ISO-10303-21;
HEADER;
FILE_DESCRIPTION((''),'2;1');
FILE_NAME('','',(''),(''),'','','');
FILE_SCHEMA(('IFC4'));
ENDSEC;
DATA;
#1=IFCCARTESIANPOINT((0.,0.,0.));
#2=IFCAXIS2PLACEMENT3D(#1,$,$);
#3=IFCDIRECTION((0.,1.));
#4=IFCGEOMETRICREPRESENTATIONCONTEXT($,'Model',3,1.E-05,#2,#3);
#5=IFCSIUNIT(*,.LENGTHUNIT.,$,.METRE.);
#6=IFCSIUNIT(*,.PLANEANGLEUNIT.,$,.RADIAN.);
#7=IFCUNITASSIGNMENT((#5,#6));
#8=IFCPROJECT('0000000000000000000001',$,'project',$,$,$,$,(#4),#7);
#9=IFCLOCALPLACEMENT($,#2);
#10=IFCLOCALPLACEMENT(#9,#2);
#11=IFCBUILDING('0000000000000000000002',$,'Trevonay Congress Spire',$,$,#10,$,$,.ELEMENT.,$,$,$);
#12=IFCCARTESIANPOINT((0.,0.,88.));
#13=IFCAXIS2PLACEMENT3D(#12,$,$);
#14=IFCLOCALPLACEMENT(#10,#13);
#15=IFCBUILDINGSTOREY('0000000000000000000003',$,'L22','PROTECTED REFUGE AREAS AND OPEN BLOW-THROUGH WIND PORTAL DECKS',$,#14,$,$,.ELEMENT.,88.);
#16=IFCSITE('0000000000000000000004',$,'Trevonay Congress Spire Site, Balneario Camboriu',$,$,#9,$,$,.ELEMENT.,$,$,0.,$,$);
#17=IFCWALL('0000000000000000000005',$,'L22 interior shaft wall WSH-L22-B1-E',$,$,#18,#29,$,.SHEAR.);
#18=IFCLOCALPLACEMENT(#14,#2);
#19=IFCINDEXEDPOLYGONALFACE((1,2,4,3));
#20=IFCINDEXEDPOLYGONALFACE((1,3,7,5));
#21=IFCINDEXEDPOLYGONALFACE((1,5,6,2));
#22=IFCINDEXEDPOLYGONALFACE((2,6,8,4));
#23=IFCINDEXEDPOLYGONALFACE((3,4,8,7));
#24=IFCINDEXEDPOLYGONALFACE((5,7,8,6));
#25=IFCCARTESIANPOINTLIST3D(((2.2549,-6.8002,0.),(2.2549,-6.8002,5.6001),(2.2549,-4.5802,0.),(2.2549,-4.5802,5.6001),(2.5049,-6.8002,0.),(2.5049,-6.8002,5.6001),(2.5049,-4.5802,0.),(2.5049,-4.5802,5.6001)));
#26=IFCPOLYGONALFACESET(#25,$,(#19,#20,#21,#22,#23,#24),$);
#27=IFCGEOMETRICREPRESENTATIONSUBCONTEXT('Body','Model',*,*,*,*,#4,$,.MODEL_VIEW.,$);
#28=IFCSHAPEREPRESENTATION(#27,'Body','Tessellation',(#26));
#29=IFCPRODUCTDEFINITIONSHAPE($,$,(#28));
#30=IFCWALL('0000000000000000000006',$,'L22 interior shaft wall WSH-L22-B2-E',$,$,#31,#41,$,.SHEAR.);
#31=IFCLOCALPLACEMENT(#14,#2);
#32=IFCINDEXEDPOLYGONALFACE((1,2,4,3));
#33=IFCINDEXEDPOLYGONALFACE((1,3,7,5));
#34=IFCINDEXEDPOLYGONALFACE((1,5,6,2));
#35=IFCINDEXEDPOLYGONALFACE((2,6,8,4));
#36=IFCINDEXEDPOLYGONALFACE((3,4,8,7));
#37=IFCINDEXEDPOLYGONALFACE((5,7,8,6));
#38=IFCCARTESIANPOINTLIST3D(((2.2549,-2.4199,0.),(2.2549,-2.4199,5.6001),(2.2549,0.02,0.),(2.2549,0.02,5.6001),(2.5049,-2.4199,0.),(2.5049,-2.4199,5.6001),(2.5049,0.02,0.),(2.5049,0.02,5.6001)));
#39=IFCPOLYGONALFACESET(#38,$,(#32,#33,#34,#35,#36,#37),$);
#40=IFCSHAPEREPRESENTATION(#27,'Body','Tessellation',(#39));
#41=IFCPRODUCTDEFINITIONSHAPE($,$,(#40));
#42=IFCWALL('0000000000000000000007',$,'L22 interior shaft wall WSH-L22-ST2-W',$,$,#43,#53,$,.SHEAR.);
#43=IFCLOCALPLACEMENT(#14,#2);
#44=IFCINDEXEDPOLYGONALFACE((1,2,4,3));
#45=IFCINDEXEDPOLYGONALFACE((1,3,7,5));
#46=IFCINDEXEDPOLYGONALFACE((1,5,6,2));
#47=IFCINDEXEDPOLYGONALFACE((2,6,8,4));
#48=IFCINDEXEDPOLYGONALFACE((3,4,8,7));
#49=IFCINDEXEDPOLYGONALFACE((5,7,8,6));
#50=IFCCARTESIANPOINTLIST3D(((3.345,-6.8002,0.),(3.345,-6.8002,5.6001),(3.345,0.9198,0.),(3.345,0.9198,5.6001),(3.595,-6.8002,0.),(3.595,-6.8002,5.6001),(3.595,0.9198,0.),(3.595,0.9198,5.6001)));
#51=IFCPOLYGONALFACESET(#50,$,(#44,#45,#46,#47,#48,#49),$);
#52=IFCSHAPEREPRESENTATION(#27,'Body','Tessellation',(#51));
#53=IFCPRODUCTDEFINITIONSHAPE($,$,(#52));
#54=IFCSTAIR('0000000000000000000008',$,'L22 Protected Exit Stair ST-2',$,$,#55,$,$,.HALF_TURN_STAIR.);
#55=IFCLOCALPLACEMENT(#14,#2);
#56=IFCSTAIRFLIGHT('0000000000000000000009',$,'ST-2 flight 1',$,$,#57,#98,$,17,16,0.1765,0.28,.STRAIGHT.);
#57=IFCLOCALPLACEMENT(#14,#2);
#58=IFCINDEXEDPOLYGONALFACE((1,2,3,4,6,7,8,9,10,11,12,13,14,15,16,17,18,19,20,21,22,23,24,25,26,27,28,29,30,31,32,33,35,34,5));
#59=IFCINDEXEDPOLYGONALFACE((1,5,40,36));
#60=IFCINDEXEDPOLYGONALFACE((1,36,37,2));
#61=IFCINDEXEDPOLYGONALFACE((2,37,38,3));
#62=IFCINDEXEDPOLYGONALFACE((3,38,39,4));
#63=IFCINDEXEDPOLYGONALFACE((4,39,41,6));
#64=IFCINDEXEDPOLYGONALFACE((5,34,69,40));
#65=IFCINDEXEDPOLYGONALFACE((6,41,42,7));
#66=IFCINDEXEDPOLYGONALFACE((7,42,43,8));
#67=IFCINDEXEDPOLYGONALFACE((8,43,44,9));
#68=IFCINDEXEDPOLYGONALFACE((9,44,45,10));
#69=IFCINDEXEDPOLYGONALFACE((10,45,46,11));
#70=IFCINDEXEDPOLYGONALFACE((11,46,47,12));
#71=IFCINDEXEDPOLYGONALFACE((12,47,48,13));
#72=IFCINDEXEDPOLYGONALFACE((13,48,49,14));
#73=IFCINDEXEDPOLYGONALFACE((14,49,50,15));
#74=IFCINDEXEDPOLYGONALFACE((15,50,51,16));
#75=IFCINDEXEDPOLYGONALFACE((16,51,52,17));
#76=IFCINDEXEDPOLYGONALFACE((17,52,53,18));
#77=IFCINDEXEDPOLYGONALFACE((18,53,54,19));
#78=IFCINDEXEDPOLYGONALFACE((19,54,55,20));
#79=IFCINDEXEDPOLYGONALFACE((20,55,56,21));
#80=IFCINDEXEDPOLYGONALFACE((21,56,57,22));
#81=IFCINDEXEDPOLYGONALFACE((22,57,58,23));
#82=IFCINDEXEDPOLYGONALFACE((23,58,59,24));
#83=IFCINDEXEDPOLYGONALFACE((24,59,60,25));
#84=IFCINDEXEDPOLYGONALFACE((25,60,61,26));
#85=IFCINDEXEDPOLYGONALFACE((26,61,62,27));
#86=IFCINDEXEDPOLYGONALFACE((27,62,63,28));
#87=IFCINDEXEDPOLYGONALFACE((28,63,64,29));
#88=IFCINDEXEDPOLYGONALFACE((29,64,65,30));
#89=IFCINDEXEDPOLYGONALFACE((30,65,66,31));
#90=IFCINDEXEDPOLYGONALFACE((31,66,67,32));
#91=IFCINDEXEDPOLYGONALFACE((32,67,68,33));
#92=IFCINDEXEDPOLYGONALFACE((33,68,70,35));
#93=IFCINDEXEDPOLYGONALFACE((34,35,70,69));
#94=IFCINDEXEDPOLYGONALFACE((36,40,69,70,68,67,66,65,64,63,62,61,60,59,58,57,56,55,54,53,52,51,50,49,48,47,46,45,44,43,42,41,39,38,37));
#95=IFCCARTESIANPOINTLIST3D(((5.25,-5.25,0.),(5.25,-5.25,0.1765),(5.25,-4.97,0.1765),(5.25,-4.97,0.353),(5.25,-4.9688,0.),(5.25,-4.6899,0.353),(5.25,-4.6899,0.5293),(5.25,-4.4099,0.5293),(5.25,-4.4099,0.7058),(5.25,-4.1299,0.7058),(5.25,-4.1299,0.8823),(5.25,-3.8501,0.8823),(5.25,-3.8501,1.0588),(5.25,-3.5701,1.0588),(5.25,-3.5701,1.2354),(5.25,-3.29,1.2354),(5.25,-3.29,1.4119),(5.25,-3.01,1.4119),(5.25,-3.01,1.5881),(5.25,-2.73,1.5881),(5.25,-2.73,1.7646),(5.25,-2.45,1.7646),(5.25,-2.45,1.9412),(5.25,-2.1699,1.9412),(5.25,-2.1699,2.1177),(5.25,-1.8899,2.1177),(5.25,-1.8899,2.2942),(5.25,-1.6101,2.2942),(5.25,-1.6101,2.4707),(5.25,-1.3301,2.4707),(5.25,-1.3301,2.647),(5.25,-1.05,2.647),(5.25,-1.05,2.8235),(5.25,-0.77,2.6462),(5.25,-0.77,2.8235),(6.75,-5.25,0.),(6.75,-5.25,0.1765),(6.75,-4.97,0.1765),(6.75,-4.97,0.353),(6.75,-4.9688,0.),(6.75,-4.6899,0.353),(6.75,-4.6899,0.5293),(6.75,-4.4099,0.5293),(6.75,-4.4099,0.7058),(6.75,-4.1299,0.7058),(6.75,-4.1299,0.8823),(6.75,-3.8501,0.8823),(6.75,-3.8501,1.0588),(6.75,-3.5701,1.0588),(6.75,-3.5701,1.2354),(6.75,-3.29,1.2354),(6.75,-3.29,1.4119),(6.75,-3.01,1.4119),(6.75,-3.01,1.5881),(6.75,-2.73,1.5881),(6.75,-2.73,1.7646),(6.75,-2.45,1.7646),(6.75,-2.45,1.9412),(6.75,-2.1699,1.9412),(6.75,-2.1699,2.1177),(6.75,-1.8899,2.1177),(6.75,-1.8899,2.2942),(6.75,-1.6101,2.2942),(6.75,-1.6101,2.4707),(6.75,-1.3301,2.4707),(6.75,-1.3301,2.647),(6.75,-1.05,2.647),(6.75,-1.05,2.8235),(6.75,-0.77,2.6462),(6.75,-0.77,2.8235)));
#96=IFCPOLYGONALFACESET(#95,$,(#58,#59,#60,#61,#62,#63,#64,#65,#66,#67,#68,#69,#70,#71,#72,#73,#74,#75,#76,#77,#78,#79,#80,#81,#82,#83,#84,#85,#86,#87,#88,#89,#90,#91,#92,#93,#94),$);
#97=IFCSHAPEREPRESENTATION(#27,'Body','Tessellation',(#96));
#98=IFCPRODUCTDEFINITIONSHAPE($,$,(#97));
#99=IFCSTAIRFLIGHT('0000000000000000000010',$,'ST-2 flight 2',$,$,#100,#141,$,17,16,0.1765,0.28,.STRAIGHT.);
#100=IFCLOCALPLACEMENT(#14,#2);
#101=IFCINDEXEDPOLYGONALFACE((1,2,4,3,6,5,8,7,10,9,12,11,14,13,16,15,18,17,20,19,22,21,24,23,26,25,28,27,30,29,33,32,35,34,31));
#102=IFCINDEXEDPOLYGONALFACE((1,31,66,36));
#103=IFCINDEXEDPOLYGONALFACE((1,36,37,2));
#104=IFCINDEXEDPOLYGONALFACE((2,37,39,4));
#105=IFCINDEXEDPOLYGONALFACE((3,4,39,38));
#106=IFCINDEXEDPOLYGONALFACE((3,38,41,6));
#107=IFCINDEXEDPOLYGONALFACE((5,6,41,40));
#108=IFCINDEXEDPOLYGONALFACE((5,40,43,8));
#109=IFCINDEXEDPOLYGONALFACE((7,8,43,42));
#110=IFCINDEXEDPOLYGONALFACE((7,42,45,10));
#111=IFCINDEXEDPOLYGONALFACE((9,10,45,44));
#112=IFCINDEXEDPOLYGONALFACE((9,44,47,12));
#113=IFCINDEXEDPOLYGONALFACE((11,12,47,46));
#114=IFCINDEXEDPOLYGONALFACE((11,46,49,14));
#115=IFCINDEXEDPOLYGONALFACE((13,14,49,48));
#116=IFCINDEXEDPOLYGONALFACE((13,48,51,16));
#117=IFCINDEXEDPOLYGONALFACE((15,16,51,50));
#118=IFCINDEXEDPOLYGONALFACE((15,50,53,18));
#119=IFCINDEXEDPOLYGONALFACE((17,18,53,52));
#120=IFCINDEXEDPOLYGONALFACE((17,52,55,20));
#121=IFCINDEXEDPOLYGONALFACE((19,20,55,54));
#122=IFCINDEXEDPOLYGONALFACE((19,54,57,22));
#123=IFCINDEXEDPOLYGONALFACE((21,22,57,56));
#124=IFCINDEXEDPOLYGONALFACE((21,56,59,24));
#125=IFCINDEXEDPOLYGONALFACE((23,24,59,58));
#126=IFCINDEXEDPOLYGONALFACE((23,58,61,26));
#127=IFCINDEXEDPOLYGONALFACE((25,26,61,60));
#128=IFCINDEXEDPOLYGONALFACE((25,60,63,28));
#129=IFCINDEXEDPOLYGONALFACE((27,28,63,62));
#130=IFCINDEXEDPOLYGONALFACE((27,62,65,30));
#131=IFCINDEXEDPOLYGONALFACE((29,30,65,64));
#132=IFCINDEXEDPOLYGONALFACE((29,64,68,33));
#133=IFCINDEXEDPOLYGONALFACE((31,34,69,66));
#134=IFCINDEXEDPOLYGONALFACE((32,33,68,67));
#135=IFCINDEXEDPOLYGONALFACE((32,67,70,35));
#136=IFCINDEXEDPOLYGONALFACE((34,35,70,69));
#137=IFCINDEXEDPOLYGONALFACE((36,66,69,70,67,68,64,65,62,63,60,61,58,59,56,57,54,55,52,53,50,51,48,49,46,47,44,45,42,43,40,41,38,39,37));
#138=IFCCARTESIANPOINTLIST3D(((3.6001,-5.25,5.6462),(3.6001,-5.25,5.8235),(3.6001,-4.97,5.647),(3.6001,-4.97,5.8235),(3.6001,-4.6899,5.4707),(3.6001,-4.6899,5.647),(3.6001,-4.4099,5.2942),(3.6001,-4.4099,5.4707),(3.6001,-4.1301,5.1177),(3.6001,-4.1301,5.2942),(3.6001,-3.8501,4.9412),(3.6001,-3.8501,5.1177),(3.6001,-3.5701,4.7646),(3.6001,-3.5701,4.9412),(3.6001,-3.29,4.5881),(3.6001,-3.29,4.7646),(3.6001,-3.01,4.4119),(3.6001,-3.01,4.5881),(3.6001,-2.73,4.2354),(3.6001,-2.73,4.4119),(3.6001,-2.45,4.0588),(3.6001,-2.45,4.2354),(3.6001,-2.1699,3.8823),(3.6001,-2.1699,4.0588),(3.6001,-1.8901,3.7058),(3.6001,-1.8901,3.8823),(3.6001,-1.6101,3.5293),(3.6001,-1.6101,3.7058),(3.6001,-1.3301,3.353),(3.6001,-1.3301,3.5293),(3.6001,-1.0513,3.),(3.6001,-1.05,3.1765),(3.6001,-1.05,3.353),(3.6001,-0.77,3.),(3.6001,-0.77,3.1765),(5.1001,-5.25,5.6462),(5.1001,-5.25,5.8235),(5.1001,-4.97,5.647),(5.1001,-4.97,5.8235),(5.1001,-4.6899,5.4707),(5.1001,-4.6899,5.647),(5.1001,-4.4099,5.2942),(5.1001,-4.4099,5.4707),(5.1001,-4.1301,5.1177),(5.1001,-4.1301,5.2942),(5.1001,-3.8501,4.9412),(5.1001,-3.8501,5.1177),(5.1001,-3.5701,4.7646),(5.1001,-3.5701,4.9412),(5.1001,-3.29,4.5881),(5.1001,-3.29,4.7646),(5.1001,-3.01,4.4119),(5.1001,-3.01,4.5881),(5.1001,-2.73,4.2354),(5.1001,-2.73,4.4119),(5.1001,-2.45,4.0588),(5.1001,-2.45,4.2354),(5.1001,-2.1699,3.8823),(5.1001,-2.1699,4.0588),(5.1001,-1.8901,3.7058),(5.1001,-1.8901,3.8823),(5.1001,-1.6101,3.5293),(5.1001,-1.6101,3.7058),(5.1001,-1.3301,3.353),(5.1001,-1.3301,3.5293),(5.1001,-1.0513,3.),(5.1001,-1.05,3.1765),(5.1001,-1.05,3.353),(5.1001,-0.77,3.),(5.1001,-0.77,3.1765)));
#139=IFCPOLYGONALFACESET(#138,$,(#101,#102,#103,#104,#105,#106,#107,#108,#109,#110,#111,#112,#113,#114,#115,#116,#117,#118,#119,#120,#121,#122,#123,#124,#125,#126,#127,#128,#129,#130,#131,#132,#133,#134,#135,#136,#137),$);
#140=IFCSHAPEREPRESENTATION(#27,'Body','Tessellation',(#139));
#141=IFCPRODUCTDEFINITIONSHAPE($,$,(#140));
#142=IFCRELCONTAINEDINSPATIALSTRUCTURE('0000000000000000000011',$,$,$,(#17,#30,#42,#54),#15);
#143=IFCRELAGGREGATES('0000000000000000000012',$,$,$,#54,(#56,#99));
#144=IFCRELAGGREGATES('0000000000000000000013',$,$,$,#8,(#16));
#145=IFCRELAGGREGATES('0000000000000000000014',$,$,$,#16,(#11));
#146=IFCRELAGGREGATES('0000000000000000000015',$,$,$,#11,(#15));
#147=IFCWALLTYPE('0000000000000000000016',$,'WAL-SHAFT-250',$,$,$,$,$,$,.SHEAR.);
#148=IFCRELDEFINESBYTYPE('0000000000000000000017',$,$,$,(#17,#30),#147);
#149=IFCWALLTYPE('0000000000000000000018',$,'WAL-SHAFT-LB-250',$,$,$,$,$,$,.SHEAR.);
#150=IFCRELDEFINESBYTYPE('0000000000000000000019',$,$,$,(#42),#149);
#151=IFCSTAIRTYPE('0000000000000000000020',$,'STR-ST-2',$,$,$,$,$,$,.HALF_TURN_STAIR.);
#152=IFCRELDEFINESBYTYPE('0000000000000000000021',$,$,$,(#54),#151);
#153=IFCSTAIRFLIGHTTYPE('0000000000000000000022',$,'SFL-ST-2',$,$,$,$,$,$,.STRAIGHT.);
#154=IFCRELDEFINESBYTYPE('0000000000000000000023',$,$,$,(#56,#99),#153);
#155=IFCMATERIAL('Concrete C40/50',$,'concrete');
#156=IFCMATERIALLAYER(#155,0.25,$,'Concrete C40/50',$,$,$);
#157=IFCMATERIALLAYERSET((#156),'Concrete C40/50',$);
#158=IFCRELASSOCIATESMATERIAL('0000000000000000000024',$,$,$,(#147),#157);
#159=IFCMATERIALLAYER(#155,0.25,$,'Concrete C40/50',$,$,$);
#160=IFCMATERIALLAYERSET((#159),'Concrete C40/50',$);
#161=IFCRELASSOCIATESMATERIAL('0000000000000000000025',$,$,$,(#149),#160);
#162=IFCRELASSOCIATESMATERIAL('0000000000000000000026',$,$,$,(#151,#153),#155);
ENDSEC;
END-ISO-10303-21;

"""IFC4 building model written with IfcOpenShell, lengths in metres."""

from ifc_helpers import new_model, si_unit, direction, frame, frame_2d, origin, place, context, subcontext, project, spatial, polyline, rectangle, outline, extrude, material, layer, layer_set, type_object, element, aggregate, save


model = new_model("IFC4")

# Units and contexts
model_context = context("Model", 3, precision=1e-05, world=origin(), true_north=direction((0.0, 1.0)))
body_context = subcontext(model_context, "Body", "Model", "MODEL_VIEW")
ifc_project = project(units=[si_unit("LENGTHUNIT", "METRE"), si_unit("PLANEANGLEUNIT", "RADIAN")], contexts=[model_context])

# Site, building, storey
site_placement = place(None, origin())
site = spatial("IfcSite", under=ifc_project, at=site_placement, Name="Trevonay Congress Spire Site, Balneario Camboriu", CompositionType="ELEMENT", RefElevation=0.0)
building_placement = place(site_placement, origin())
building = spatial("IfcBuilding", under=site, at=building_placement, Name="Trevonay Congress Spire", CompositionType="ELEMENT")
storey_placement = place(building_placement, frame((0.0, 0.0, 88.0)))
storey = spatial("IfcBuildingStorey", under=building, at=storey_placement, Name="L22", Description="PROTECTED REFUGE AREAS AND OPEN BLOW-THROUGH WIND PORTAL DECKS", CompositionType="ELEMENT", Elevation=88.0)

# Shared definitions
ifc_material_1 = material(Name="Concrete C40/50", Category="concrete")

# Walls
ifc_layer_1 = layer(ifc_material_1, 0.25, Name="Concrete C40/50")
ifc_layer_set_1 = layer_set([ifc_layer_1], Name="Concrete C40/50")
wall_type_1 = type_object("IfcWallType", Name="WAL-SHAFT-250", PredefinedType="SHEAR", material=ifc_layer_set_1)
wall_1_placement = place(storey_placement, frame((2.3799, -6.8, 0.0), z_axis=(0.0, 0.0, 1.0), x_axis=(0.0, 1.0, 0.0)))
element("IfcWall", 1, at=wall_1_placement, inside=storey, type_object=wall_type_1, Name="L22 interior shaft wall WSH-L22-B1-E", PredefinedType="SHEAR", context=body_context, shape_type="SweptSolid", body=[
    extrude(rectangle(XDim=2.22, YDim=0.25, at=frame_2d((1.1099, 0.0))), origin(), (0.0, 0.0, 1.0), 5.6001),
])
wall_2_placement = place(storey_placement, frame((2.3799, -2.4199, 0.0), z_axis=(0.0, 0.0, 1.0), x_axis=(0.0, 1.0, 0.0)))
element("IfcWall", 2, at=wall_2_placement, inside=storey, type_object=wall_type_1, Name="L22 interior shaft wall WSH-L22-B2-E", PredefinedType="SHEAR", context=body_context, shape_type="SweptSolid", body=[
    extrude(rectangle(XDim=2.4399, YDim=0.25, at=frame_2d((1.22, 0.0))), origin(), (0.0, 0.0, 1.0), 5.6001),
])
ifc_layer_2 = layer(ifc_material_1, 0.25, Name="Concrete C40/50")
ifc_layer_set_2 = layer_set([ifc_layer_2], Name="Concrete C40/50")
wall_type_2 = type_object("IfcWallType", Name="WAL-SHAFT-LB-250", PredefinedType="SHEAR", material=ifc_layer_set_2)
wall_3_placement = place(storey_placement, frame((3.47, -6.8, 0.0), z_axis=(0.0, 0.0, 1.0), x_axis=(0.0, 1.0, 0.0)))
element("IfcWall", 3, at=wall_3_placement, inside=storey, type_object=wall_type_2, Name="L22 interior shaft wall WSH-L22-ST2-W", PredefinedType="SHEAR", context=body_context, shape_type="SweptSolid", body=[
    extrude(rectangle(XDim=7.72, YDim=0.25, at=frame_2d((3.8599, 0.0))), origin(), (0.0, 0.0, 1.0), 5.6001),
])

# Stair, stair flights
stair_type_1 = type_object("IfcStairType", Name="STR-ST-2", PredefinedType="HALF_TURN_STAIR", material=ifc_material_1)
stair_1_placement = place(storey_placement, origin())
stair_1 = element("IfcStair", 4, at=stair_1_placement, inside=storey, type_object=stair_type_1, Name="L22 Protected Exit Stair ST-2", PredefinedType="HALF_TURN_STAIR")
stair_flight_type = type_object("IfcStairFlightType", Name="SFL-ST-2", PredefinedType="STRAIGHT", material=ifc_material_1)
stair_flight_1_placement = place(storey_placement, frame((6.0, -5.25, 0.0), z_axis=(0.0, 0.0, 1.0), x_axis=(0.0, 1.0, 0.0)))
stair_flight_1 = element("IfcStairFlight", 5, at=stair_flight_1_placement, type_object=stair_flight_type, Name="ST-2 flight 1", NumberOfRisers=17, NumberOfTreads=16, PredefinedType="STRAIGHT", RiserHeight=0.1765, TreadLength=0.28, context=body_context, shape_type="SweptSolid", body=[
    extrude(outline(polyline([(0.0, 0.0), (0.0, 0.1765), (0.28, 0.1765), (0.28, 0.353), (0.5601, 0.353), (0.5601, 0.5293), (0.8401, 0.5293), (0.8401, 0.7058), (1.1201, 0.7058), (1.1201, 0.8823), (1.3999, 0.8823), (1.3999, 1.0588), (1.6799, 1.0588), (1.6799, 1.2354), (1.96, 1.2354), (1.96, 1.4119), (2.24, 1.4119), (2.24, 1.5881), (2.52, 1.5881), (2.52, 1.7646), (2.8, 1.7646), (2.8, 1.9412), (3.0801, 1.9412), (3.0801, 2.1177), (3.3601, 2.1177), (3.3601, 2.2942), (3.6399, 2.2942), (3.6399, 2.4707), (3.9199, 2.4707), (3.9199, 2.647), (4.2, 2.647), (4.2, 2.8235), (4.48, 2.8235), (4.48, 3.0), (4.48, 2.6462), (0.2812, 0.0), (0.0, 0.0)])), frame((0.0, 0.75, 0.0), z_axis=(0.0, -1.0, 0.0), x_axis=(1.0, 0.0, 0.0)), (0.0, 0.0, 1.0), 1.5),
])
stair_flight_2_placement = place(storey_placement, frame((4.3501, -0.77, 3.0), z_axis=(0.0, 0.0, 1.0), x_axis=(0.0, -1.0, 0.0)))
stair_flight_2 = element("IfcStairFlight", 6, at=stair_flight_2_placement, type_object=stair_flight_type, Name="ST-2 flight 2", NumberOfRisers=17, NumberOfTreads=16, PredefinedType="STRAIGHT", RiserHeight=0.1765, TreadLength=0.28, context=body_context, shape_type="SweptSolid", body=[
    extrude(outline(polyline([(0.0, 0.0), (0.0, 0.1765), (0.28, 0.1765), (0.28, 0.353), (0.5601, 0.353), (0.5601, 0.5293), (0.8401, 0.5293), (0.8401, 0.7058), (1.1201, 0.7058), (1.1201, 0.8823), (1.3999, 0.8823), (1.3999, 1.0588), (1.6799, 1.0588), (1.6799, 1.2354), (1.96, 1.2354), (1.96, 1.4119), (2.24, 1.4119), (2.24, 1.5881), (2.52, 1.5881), (2.52, 1.7646), (2.8, 1.7646), (2.8, 1.9412), (3.0801, 1.9412), (3.0801, 2.1177), (3.3601, 2.1177), (3.3601, 2.2942), (3.6399, 2.2942), (3.6399, 2.4707), (3.9199, 2.4707), (3.9199, 2.647), (4.2, 2.647), (4.2, 2.8235), (4.48, 2.8235), (4.48, 3.0), (4.48, 2.6462), (0.2812, 0.0), (0.0, 0.0)])), frame((0.0, 0.75, 0.0), z_axis=(0.0, -1.0, 0.0), x_axis=(1.0, 0.0, 0.0)), (0.0, 0.0, 1.0), 1.5),
])
aggregate(stair_1, [stair_flight_1, stair_flight_2])

save(model, "model.ifc")
